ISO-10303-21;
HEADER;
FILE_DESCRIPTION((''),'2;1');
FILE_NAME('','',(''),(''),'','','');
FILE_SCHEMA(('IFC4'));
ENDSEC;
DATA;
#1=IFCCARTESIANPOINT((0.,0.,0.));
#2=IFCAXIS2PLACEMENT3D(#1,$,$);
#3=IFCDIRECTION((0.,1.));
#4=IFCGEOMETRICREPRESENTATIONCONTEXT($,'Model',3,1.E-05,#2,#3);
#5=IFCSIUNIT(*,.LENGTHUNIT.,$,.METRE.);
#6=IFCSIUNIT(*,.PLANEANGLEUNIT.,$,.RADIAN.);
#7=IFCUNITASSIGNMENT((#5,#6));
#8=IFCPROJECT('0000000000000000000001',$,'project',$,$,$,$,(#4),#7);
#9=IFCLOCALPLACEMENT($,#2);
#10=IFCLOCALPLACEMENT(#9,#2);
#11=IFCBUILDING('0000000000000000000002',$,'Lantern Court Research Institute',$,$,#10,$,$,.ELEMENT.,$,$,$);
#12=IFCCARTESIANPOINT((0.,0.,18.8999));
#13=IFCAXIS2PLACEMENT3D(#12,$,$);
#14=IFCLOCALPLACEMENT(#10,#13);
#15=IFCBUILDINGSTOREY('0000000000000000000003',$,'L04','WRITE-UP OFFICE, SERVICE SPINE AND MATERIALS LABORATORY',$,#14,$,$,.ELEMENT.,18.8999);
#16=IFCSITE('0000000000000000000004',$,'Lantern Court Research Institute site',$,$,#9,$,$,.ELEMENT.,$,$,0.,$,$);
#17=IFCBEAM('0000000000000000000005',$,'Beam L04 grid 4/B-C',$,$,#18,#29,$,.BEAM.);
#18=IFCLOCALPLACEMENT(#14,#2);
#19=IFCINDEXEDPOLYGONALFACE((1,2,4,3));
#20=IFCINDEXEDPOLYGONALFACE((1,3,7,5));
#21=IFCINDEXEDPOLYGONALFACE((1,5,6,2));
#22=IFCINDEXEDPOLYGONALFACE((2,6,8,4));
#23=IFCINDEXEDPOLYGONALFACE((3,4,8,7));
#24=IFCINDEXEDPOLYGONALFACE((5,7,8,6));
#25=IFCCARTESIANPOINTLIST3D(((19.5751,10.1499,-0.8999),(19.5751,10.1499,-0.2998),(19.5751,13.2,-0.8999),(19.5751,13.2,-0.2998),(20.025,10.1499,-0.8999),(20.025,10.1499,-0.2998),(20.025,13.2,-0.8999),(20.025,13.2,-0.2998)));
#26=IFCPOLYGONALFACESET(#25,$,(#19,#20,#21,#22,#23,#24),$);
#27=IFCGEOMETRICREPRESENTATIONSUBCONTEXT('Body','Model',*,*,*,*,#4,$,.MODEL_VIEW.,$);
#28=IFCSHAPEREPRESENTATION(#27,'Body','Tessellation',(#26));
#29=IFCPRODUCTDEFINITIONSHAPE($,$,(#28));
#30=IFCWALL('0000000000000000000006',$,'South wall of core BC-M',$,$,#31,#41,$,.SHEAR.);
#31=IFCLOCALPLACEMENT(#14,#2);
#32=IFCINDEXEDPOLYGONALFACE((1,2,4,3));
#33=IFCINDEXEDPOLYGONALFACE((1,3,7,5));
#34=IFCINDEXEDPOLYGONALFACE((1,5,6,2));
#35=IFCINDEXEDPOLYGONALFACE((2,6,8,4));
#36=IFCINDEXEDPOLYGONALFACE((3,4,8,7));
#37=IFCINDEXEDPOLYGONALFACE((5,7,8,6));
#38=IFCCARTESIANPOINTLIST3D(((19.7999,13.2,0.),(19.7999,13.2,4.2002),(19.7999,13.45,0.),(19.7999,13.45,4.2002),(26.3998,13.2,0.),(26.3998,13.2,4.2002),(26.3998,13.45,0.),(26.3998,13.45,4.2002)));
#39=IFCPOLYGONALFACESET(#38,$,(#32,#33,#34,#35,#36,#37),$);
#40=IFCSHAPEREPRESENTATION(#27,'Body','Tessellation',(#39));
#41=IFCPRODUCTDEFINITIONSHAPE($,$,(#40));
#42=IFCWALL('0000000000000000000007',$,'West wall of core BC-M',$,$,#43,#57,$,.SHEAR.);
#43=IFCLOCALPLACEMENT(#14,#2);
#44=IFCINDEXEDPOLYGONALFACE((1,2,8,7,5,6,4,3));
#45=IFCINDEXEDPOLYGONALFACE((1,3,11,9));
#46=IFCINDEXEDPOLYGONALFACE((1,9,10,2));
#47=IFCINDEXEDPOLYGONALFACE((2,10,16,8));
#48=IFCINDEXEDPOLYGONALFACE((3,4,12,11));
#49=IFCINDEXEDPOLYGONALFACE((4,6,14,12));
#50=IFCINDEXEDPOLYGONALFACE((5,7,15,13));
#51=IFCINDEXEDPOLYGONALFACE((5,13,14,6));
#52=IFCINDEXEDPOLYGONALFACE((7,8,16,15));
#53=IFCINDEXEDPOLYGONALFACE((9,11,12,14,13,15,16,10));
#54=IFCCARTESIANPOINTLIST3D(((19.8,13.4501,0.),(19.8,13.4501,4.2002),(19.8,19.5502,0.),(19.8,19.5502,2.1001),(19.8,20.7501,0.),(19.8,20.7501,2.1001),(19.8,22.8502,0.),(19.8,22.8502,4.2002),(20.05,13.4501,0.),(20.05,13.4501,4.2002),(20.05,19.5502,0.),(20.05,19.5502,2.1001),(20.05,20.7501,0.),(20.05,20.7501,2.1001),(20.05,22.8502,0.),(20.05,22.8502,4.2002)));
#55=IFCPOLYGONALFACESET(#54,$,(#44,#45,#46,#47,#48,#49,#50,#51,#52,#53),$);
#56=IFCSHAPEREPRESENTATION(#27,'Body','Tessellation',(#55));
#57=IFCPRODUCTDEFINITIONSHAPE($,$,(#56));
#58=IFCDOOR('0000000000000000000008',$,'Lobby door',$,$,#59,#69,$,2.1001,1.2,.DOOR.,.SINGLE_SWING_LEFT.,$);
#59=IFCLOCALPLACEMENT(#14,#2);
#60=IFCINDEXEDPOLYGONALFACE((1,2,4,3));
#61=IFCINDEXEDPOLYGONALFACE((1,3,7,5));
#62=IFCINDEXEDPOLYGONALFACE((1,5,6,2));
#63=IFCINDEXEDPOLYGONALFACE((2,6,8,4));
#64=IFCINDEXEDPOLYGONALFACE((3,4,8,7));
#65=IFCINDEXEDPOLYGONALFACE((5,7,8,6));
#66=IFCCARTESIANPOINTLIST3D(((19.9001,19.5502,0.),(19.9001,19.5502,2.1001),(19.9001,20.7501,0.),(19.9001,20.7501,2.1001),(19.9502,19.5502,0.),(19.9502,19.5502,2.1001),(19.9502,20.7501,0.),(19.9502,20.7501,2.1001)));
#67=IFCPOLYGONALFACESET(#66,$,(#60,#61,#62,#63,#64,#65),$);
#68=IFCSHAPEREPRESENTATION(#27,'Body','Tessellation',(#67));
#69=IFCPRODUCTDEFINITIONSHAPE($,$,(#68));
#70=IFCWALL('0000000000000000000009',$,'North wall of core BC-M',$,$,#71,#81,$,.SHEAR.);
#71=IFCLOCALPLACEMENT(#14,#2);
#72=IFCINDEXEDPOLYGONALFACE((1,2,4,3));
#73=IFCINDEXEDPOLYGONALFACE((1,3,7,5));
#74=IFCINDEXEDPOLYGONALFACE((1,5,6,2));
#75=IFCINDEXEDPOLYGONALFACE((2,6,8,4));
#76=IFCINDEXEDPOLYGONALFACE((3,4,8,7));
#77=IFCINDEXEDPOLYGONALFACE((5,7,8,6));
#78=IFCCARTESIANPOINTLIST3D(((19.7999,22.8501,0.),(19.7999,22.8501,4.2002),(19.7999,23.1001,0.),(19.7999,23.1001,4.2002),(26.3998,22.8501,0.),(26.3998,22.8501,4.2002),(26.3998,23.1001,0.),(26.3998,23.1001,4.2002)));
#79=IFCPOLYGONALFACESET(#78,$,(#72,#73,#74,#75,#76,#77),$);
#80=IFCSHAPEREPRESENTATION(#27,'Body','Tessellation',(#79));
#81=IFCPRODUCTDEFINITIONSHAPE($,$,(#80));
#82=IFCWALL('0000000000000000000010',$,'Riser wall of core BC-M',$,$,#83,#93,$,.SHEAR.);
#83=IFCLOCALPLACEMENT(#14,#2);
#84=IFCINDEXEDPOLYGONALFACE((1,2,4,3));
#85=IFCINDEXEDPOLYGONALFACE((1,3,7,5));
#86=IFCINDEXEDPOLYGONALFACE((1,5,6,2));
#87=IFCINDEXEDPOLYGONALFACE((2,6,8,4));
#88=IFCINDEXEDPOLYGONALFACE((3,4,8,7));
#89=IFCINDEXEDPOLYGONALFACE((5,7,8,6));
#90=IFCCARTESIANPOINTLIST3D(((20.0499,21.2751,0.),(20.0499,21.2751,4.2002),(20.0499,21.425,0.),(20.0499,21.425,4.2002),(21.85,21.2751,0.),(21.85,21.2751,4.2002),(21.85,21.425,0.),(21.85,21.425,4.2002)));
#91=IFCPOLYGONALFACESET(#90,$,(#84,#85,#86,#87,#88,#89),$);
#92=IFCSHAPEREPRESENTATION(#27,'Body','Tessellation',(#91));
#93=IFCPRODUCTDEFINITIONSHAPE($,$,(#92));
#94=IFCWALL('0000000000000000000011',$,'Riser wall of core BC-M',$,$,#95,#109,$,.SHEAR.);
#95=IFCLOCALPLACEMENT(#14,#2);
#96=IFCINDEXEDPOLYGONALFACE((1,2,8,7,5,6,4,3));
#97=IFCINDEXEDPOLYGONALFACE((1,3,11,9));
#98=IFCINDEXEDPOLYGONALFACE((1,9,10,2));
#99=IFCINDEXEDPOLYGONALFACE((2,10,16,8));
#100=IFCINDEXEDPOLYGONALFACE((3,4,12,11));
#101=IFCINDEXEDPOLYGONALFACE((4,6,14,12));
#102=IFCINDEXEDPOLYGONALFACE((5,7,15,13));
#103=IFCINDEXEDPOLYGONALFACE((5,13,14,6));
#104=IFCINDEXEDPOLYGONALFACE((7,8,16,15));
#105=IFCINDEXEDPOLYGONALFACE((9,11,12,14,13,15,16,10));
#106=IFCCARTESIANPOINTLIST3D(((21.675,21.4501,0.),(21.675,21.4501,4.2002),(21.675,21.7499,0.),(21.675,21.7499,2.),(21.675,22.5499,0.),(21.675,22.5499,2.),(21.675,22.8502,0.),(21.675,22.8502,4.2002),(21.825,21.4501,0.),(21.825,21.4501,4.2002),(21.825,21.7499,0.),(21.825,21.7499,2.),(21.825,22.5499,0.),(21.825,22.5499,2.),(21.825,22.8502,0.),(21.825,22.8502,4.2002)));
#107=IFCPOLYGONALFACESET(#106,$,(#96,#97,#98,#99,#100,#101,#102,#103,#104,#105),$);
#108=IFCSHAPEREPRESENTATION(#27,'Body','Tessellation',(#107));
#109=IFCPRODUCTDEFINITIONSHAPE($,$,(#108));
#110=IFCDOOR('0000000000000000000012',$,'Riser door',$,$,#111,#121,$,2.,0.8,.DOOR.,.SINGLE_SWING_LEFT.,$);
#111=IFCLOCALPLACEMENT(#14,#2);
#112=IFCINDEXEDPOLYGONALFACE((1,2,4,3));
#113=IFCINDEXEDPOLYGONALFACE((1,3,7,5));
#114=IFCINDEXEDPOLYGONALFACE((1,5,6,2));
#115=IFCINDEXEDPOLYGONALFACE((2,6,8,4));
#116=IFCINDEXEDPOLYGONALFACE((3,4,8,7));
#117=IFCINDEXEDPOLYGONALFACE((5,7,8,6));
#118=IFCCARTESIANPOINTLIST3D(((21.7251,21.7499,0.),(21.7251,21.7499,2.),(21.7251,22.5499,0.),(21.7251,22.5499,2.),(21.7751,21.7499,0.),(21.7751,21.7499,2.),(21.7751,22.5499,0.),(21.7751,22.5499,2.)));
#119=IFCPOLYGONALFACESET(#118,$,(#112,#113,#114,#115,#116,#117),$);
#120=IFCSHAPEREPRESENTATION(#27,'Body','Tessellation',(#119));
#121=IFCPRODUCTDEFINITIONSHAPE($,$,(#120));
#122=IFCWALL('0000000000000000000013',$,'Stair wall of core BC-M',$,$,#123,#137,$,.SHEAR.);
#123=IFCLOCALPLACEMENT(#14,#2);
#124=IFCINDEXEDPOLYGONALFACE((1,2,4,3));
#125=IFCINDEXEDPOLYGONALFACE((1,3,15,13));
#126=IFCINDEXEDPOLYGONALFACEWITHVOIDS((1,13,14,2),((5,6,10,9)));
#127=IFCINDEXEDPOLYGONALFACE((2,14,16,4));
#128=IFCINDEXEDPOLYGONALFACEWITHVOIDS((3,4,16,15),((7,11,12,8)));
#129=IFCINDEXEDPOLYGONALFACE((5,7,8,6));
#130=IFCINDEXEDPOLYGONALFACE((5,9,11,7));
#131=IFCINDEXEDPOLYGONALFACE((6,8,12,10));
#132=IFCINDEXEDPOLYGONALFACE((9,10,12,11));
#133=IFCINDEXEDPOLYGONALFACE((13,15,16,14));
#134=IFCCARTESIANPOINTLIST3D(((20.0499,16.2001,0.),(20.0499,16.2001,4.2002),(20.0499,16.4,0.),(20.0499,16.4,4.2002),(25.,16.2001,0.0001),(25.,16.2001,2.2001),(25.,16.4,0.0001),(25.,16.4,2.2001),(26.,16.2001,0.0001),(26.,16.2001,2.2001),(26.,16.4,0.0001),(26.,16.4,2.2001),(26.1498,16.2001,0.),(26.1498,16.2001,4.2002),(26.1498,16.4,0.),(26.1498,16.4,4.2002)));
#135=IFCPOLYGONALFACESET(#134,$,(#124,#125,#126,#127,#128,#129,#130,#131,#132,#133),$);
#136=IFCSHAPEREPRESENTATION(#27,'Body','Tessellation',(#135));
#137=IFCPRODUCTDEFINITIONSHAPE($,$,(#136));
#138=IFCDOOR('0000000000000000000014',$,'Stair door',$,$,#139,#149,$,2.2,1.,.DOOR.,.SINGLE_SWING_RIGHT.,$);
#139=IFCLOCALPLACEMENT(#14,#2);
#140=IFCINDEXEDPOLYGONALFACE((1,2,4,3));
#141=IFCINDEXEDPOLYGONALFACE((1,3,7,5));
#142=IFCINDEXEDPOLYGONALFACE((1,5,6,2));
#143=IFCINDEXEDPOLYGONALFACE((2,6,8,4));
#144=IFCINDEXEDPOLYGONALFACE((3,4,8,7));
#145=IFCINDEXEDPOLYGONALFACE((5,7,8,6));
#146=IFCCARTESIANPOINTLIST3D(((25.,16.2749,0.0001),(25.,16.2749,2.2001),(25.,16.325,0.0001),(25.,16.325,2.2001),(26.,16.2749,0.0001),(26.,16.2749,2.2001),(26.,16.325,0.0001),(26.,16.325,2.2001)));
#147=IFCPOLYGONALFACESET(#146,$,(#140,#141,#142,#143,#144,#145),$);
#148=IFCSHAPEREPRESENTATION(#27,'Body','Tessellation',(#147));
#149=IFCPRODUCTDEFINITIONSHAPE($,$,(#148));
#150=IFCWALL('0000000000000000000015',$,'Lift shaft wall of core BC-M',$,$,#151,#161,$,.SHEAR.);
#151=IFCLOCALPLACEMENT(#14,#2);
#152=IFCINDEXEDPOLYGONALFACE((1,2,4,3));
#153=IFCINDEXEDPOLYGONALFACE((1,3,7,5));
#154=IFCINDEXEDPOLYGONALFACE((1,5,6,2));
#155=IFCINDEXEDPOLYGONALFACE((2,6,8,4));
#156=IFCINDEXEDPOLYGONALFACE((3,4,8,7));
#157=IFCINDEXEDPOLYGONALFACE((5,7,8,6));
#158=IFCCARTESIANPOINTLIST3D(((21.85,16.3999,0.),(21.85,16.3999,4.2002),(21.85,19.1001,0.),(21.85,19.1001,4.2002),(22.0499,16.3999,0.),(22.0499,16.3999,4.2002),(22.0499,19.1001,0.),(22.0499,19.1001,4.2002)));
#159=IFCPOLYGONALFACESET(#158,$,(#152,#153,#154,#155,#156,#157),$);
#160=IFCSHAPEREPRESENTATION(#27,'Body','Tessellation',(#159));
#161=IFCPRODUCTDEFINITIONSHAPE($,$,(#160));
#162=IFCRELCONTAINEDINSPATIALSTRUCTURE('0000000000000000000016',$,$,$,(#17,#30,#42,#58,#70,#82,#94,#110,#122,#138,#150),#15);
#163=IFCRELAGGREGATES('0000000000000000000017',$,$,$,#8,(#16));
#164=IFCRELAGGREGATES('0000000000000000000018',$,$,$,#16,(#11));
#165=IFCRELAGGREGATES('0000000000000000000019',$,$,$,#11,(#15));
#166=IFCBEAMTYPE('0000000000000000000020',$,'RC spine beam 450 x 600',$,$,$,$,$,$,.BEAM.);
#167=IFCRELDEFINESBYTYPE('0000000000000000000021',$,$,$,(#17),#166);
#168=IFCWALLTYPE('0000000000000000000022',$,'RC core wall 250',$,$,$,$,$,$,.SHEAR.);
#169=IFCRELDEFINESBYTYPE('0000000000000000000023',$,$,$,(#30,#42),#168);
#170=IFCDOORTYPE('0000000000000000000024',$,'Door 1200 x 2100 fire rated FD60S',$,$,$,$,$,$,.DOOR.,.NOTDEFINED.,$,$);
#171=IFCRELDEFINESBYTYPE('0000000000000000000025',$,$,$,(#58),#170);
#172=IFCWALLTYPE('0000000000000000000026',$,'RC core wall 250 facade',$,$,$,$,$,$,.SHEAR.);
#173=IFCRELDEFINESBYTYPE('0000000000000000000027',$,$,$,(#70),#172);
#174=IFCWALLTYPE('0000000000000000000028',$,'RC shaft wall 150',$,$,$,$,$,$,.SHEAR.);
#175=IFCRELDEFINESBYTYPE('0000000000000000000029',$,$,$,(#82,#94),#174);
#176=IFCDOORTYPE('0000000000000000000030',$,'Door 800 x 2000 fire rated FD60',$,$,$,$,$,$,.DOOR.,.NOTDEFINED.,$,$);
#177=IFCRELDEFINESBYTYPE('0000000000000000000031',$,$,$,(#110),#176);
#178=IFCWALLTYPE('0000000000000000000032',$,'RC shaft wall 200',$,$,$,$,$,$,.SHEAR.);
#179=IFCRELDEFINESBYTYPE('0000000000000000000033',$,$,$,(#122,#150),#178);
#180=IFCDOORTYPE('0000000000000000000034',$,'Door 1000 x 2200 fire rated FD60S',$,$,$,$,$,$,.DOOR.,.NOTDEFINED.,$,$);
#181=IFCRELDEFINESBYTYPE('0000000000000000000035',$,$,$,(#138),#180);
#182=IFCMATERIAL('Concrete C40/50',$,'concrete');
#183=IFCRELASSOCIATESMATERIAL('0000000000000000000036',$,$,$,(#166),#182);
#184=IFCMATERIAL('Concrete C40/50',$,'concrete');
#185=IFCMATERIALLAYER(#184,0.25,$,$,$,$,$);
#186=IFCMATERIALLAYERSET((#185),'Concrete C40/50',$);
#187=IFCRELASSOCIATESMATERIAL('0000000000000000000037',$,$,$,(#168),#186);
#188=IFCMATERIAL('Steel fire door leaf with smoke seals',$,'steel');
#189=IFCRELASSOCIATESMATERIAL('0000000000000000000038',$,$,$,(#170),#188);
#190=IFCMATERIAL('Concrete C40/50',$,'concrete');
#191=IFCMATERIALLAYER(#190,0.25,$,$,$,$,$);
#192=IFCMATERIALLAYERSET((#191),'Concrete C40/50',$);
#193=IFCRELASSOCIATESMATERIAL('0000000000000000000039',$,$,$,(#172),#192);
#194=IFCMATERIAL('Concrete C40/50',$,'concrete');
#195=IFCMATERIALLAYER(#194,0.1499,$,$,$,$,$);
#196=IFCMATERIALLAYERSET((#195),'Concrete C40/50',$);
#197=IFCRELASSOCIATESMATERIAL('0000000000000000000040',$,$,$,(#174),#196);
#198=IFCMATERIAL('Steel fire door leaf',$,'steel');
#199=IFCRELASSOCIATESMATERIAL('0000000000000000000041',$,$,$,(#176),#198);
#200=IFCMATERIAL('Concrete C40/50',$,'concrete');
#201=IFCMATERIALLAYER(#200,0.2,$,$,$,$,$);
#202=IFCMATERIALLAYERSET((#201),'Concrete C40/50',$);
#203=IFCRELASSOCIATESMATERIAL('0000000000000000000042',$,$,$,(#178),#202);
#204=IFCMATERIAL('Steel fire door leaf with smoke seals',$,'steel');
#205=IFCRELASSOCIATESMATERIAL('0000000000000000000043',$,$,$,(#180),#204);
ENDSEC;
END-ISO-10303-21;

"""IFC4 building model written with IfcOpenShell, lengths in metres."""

from ifc_helpers import new_model, si_unit, direction, frame, frame_2d, origin, origin_2d, place, context, subcontext, project, spatial, rectangle, extrude, material, layer, layer_set, material_profile, profile_set, type_object, element, fill, save


model = new_model("IFC4")

# Units and contexts
model_context = context("Model", 3, precision=1e-05, world=origin(), true_north=direction((0.0, 1.0)))
body_context = subcontext(model_context, "Body", "Model", "MODEL_VIEW")
ifc_project = project(units=[si_unit("LENGTHUNIT", "METRE"), si_unit("PLANEANGLEUNIT", "RADIAN")], contexts=[model_context])

# Site, building, storey
site_placement = place(None, origin())
site = spatial("IfcSite", under=ifc_project, at=site_placement, Name="Lantern Court Research Institute site", CompositionType="ELEMENT", RefElevation=0.0)
building_placement = place(site_placement, origin())
building = spatial("IfcBuilding", under=site, at=building_placement, Name="Lantern Court Research Institute", CompositionType="ELEMENT")
storey_placement = place(building_placement, frame((0.0, 0.0, 18.8999)))
storey = spatial("IfcBuildingStorey", under=building, at=storey_placement, Name="L04", Description="WRITE-UP OFFICE, SERVICE SPINE AND MATERIALS LABORATORY", CompositionType="ELEMENT", Elevation=18.8999)

# Beam
ifc_material_1 = material(Name="Concrete C40/50", Category="concrete")
ifc_material_profile = material_profile(ifc_material_1, rectangle(XDim=0.45, YDim=0.6001, at=origin_2d()), Name="RC beam 450 x 600")
ifc_profile_set = profile_set([ifc_material_profile], Name="Concrete C40/50")
beam_type = type_object("IfcBeamType", Name="RC spine beam 450 x 600", PredefinedType="BEAM", material=ifc_profile_set)
beam_placement = place(storey_placement, frame((19.8, 10.1499, -0.5999), z_axis=(0.0, 1.0, 0.0), x_axis=(-1.0, 0.0, 0.0)))
element("IfcBeam", 1, at=beam_placement, inside=storey, type_object=beam_type, Name="Beam L04 grid 4/B-C", PredefinedType="BEAM", context=body_context, shape_type="SweptSolid", body=[
    extrude(rectangle(XDim=0.45, YDim=0.6001, at=origin_2d()), origin(), (0.0, 0.0, 1.0), 3.05),
])

# Wall
ifc_material_2 = material(Name="Concrete C40/50", Category="concrete")
ifc_layer_1 = layer(ifc_material_2, 0.25)
ifc_layer_set_1 = layer_set([ifc_layer_1], Name="Concrete C40/50")
wall_type_1 = type_object("IfcWallType", Name="RC core wall 250", PredefinedType="SHEAR", material=ifc_layer_set_1)
wall_1_placement = place(storey_placement, frame((19.8, 13.325, 0.0), z_axis=(0.0, 0.0, 1.0), x_axis=(1.0, 0.0, 0.0)))
element("IfcWall", 2, at=wall_1_placement, inside=storey, type_object=wall_type_1, Name="South wall of core BC-M", PredefinedType="SHEAR", context=body_context, shape_type="SweptSolid", body=[
    extrude(rectangle(XDim=6.5999, YDim=0.25, at=frame_2d((3.2998, 0.0))), origin(), (0.0, 0.0, 1.0), 4.2002),
])

# Wall, opening, door
wall_2_placement = place(storey_placement, frame((19.925, 13.45, 0.0), z_axis=(0.0, 0.0, 1.0), x_axis=(0.0, 1.0, 0.0)))
wall_2 = element("IfcWall", 3, at=wall_2_placement, inside=storey, type_object=wall_type_1, Name="West wall of core BC-M", PredefinedType="SHEAR", context=body_context, shape_type="SweptSolid", body=[
    extrude(rectangle(XDim=9.4001, YDim=0.25, at=frame_2d((4.7002, 0.0))), origin(), (0.0, 0.0, 1.0), 4.2002),
])
opening_1_placement = place(wall_2_placement, frame((6.1001, 0.0, 0.0)))
opening_1 = element("IfcOpeningElement", 4, at=opening_1_placement, cuts=wall_2, PredefinedType="OPENING", context=body_context, shape_type="SweptSolid", body=[
    extrude(rectangle(XDim=1.2, YDim=2.1001, at=frame_2d((0.6001, 1.05))), frame((0.0, 0.135, 0.0), z_axis=(0.0, -1.0, 0.0), x_axis=(1.0, 0.0, 0.0)), (0.0, 0.0, 1.0), 0.27),
])
ifc_material_3 = material(Name="Steel fire door leaf with smoke seals", Category="steel")
door_type_1 = type_object("IfcDoorType", Name="Door 1200 x 2100 fire rated FD60S", OperationType="NOTDEFINED", PredefinedType="DOOR", material=ifc_material_3)
door_1_placement = place(opening_1_placement, origin())
door_1 = element("IfcDoor", 5, at=door_1_placement, inside=storey, type_object=door_type_1, Name="Lobby door", OperationType="SINGLE_SWING_LEFT", OverallHeight=2.1001, OverallWidth=1.2, PredefinedType="DOOR", context=body_context, shape_type="SweptSolid", body=[
    extrude(rectangle(XDim=1.2, YDim=2.1001, at=frame_2d((0.6001, 1.05))), frame((0.0, 0.0249, 0.0), z_axis=(0.0, -1.0, 0.0), x_axis=(1.0, 0.0, 0.0)), (0.0, 0.0, 1.0), 0.05),
])
fill(opening_1, door_1)

# Walls
ifc_material_4 = material(Name="Concrete C40/50", Category="concrete")
ifc_layer_2 = layer(ifc_material_4, 0.25)
ifc_layer_set_2 = layer_set([ifc_layer_2], Name="Concrete C40/50")
wall_type_2 = type_object("IfcWallType", Name="RC core wall 250 facade", PredefinedType="SHEAR", material=ifc_layer_set_2)
wall_3_placement = place(storey_placement, frame((19.8, 22.9751, 0.0), z_axis=(0.0, 0.0, 1.0), x_axis=(1.0, 0.0, 0.0)))
element("IfcWall", 6, at=wall_3_placement, inside=storey, type_object=wall_type_2, Name="North wall of core BC-M", PredefinedType="SHEAR", context=body_context, shape_type="SweptSolid", body=[
    extrude(rectangle(XDim=6.5999, YDim=0.25, at=frame_2d((3.2998, 0.0))), origin(), (0.0, 0.0, 1.0), 4.2002),
])
ifc_material_5 = material(Name="Concrete C40/50", Category="concrete")
ifc_layer_3 = layer(ifc_material_5, 0.1499)
ifc_layer_set_3 = layer_set([ifc_layer_3], Name="Concrete C40/50")
wall_type_3 = type_object("IfcWallType", Name="RC shaft wall 150", PredefinedType="SHEAR", material=ifc_layer_set_3)
wall_4_placement = place(storey_placement, frame((20.05, 21.3501, 0.0), z_axis=(0.0, 0.0, 1.0), x_axis=(1.0, 0.0, 0.0)))
element("IfcWall", 7, at=wall_4_placement, inside=storey, type_object=wall_type_3, Name="Riser wall of core BC-M", PredefinedType="SHEAR", context=body_context, shape_type="SweptSolid", body=[
    extrude(rectangle(XDim=1.8, YDim=0.1499, at=frame_2d((0.8999, 0.0))), origin(), (0.0, 0.0, 1.0), 4.2002),
])

# Walls, openings, doors
wall_5_placement = place(storey_placement, frame((21.75, 21.45, 0.0), z_axis=(0.0, 0.0, 1.0), x_axis=(0.0, 1.0, 0.0)))
wall_5 = element("IfcWall", 8, at=wall_5_placement, inside=storey, type_object=wall_type_3, Name="Riser wall of core BC-M", PredefinedType="SHEAR", context=body_context, shape_type="SweptSolid", body=[
    extrude(rectangle(XDim=1.4001, YDim=0.1499, at=frame_2d((0.7002, 0.0))), origin(), (0.0, 0.0, 1.0), 4.2002),
])
opening_2_placement = place(wall_5_placement, frame((0.3, 0.0, 0.0)))
opening_2 = element("IfcOpeningElement", 9, at=opening_2_placement, cuts=wall_5, PredefinedType="OPENING", context=body_context, shape_type="SweptSolid", body=[
    extrude(rectangle(XDim=0.8, YDim=2.0, at=frame_2d((0.3999, 1.0))), frame((0.0, 0.085, 0.0), z_axis=(0.0, -1.0, 0.0), x_axis=(1.0, 0.0, 0.0)), (0.0, 0.0, 1.0), 0.1699),
])
ifc_material_6 = material(Name="Steel fire door leaf", Category="steel")
door_type_2 = type_object("IfcDoorType", Name="Door 800 x 2000 fire rated FD60", OperationType="NOTDEFINED", PredefinedType="DOOR", material=ifc_material_6)
door_2_placement = place(opening_2_placement, origin())
door_2 = element("IfcDoor", 10, at=door_2_placement, inside=storey, type_object=door_type_2, Name="Riser door", OperationType="SINGLE_SWING_LEFT", OverallHeight=2.0, OverallWidth=0.8, PredefinedType="DOOR", context=body_context, shape_type="SweptSolid", body=[
    extrude(rectangle(XDim=0.8, YDim=2.0, at=frame_2d((0.3999, 1.0))), frame((0.0, 0.0249, 0.0), z_axis=(0.0, -1.0, 0.0), x_axis=(1.0, 0.0, 0.0)), (0.0, 0.0, 1.0), 0.05),
])
fill(opening_2, door_2)
ifc_material_7 = material(Name="Concrete C40/50", Category="concrete")
ifc_layer_4 = layer(ifc_material_7, 0.2)
ifc_layer_set_4 = layer_set([ifc_layer_4], Name="Concrete C40/50")
wall_type_4 = type_object("IfcWallType", Name="RC shaft wall 200", PredefinedType="SHEAR", material=ifc_layer_set_4)
wall_6_placement = place(storey_placement, frame((20.05, 16.3, 0.0), z_axis=(0.0, 0.0, 1.0), x_axis=(1.0, 0.0, 0.0)))
wall_6 = element("IfcWall", 11, at=wall_6_placement, inside=storey, type_object=wall_type_4, Name="Stair wall of core BC-M", PredefinedType="SHEAR", context=body_context, shape_type="SweptSolid", body=[
    extrude(rectangle(XDim=6.0999, YDim=0.2, at=frame_2d((3.0498, 0.0))), origin(), (0.0, 0.0, 1.0), 4.2002),
])
opening_3_placement = place(wall_6_placement, frame((4.95, 0.0, 0.0)))
opening_3 = element("IfcOpeningElement", 12, at=opening_3_placement, cuts=wall_6, PredefinedType="OPENING", context=body_context, shape_type="SweptSolid", body=[
    extrude(rectangle(XDim=1.0, YDim=2.2, at=frame_2d((0.5, 1.1001))), frame((0.0, 0.1099, 0.0), z_axis=(0.0, -1.0, 0.0), x_axis=(1.0, 0.0, 0.0)), (0.0, 0.0, 1.0), 0.22),
])
ifc_material_8 = material(Name="Steel fire door leaf with smoke seals", Category="steel")
door_type_3 = type_object("IfcDoorType", Name="Door 1000 x 2200 fire rated FD60S", OperationType="NOTDEFINED", PredefinedType="DOOR", material=ifc_material_8)
door_3_placement = place(opening_3_placement, origin())
door_3 = element("IfcDoor", 13, at=door_3_placement, inside=storey, type_object=door_type_3, Name="Stair door", OperationType="SINGLE_SWING_RIGHT", OverallHeight=2.2, OverallWidth=1.0, PredefinedType="DOOR", context=body_context, shape_type="SweptSolid", body=[
    extrude(rectangle(XDim=1.0, YDim=2.2, at=frame_2d((0.5, 1.1001))), frame((0.0, 0.0249, 0.0), z_axis=(0.0, -1.0, 0.0), x_axis=(1.0, 0.0, 0.0)), (0.0, 0.0, 1.0), 0.05),
])
fill(opening_3, door_3)

# Wall
wall_7_placement = place(storey_placement, frame((21.95, 16.3999, 0.0), z_axis=(0.0, 0.0, 1.0), x_axis=(0.0, 1.0, 0.0)))
element("IfcWall", 14, at=wall_7_placement, inside=storey, type_object=wall_type_4, Name="Lift shaft wall of core BC-M", PredefinedType="SHEAR", context=body_context, shape_type="SweptSolid", body=[
    extrude(rectangle(XDim=2.7002, YDim=0.2, at=frame_2d((1.3501, 0.0))), origin(), (0.0, 0.0, 1.0), 4.2002),
])

save(model, "model.ifc")
